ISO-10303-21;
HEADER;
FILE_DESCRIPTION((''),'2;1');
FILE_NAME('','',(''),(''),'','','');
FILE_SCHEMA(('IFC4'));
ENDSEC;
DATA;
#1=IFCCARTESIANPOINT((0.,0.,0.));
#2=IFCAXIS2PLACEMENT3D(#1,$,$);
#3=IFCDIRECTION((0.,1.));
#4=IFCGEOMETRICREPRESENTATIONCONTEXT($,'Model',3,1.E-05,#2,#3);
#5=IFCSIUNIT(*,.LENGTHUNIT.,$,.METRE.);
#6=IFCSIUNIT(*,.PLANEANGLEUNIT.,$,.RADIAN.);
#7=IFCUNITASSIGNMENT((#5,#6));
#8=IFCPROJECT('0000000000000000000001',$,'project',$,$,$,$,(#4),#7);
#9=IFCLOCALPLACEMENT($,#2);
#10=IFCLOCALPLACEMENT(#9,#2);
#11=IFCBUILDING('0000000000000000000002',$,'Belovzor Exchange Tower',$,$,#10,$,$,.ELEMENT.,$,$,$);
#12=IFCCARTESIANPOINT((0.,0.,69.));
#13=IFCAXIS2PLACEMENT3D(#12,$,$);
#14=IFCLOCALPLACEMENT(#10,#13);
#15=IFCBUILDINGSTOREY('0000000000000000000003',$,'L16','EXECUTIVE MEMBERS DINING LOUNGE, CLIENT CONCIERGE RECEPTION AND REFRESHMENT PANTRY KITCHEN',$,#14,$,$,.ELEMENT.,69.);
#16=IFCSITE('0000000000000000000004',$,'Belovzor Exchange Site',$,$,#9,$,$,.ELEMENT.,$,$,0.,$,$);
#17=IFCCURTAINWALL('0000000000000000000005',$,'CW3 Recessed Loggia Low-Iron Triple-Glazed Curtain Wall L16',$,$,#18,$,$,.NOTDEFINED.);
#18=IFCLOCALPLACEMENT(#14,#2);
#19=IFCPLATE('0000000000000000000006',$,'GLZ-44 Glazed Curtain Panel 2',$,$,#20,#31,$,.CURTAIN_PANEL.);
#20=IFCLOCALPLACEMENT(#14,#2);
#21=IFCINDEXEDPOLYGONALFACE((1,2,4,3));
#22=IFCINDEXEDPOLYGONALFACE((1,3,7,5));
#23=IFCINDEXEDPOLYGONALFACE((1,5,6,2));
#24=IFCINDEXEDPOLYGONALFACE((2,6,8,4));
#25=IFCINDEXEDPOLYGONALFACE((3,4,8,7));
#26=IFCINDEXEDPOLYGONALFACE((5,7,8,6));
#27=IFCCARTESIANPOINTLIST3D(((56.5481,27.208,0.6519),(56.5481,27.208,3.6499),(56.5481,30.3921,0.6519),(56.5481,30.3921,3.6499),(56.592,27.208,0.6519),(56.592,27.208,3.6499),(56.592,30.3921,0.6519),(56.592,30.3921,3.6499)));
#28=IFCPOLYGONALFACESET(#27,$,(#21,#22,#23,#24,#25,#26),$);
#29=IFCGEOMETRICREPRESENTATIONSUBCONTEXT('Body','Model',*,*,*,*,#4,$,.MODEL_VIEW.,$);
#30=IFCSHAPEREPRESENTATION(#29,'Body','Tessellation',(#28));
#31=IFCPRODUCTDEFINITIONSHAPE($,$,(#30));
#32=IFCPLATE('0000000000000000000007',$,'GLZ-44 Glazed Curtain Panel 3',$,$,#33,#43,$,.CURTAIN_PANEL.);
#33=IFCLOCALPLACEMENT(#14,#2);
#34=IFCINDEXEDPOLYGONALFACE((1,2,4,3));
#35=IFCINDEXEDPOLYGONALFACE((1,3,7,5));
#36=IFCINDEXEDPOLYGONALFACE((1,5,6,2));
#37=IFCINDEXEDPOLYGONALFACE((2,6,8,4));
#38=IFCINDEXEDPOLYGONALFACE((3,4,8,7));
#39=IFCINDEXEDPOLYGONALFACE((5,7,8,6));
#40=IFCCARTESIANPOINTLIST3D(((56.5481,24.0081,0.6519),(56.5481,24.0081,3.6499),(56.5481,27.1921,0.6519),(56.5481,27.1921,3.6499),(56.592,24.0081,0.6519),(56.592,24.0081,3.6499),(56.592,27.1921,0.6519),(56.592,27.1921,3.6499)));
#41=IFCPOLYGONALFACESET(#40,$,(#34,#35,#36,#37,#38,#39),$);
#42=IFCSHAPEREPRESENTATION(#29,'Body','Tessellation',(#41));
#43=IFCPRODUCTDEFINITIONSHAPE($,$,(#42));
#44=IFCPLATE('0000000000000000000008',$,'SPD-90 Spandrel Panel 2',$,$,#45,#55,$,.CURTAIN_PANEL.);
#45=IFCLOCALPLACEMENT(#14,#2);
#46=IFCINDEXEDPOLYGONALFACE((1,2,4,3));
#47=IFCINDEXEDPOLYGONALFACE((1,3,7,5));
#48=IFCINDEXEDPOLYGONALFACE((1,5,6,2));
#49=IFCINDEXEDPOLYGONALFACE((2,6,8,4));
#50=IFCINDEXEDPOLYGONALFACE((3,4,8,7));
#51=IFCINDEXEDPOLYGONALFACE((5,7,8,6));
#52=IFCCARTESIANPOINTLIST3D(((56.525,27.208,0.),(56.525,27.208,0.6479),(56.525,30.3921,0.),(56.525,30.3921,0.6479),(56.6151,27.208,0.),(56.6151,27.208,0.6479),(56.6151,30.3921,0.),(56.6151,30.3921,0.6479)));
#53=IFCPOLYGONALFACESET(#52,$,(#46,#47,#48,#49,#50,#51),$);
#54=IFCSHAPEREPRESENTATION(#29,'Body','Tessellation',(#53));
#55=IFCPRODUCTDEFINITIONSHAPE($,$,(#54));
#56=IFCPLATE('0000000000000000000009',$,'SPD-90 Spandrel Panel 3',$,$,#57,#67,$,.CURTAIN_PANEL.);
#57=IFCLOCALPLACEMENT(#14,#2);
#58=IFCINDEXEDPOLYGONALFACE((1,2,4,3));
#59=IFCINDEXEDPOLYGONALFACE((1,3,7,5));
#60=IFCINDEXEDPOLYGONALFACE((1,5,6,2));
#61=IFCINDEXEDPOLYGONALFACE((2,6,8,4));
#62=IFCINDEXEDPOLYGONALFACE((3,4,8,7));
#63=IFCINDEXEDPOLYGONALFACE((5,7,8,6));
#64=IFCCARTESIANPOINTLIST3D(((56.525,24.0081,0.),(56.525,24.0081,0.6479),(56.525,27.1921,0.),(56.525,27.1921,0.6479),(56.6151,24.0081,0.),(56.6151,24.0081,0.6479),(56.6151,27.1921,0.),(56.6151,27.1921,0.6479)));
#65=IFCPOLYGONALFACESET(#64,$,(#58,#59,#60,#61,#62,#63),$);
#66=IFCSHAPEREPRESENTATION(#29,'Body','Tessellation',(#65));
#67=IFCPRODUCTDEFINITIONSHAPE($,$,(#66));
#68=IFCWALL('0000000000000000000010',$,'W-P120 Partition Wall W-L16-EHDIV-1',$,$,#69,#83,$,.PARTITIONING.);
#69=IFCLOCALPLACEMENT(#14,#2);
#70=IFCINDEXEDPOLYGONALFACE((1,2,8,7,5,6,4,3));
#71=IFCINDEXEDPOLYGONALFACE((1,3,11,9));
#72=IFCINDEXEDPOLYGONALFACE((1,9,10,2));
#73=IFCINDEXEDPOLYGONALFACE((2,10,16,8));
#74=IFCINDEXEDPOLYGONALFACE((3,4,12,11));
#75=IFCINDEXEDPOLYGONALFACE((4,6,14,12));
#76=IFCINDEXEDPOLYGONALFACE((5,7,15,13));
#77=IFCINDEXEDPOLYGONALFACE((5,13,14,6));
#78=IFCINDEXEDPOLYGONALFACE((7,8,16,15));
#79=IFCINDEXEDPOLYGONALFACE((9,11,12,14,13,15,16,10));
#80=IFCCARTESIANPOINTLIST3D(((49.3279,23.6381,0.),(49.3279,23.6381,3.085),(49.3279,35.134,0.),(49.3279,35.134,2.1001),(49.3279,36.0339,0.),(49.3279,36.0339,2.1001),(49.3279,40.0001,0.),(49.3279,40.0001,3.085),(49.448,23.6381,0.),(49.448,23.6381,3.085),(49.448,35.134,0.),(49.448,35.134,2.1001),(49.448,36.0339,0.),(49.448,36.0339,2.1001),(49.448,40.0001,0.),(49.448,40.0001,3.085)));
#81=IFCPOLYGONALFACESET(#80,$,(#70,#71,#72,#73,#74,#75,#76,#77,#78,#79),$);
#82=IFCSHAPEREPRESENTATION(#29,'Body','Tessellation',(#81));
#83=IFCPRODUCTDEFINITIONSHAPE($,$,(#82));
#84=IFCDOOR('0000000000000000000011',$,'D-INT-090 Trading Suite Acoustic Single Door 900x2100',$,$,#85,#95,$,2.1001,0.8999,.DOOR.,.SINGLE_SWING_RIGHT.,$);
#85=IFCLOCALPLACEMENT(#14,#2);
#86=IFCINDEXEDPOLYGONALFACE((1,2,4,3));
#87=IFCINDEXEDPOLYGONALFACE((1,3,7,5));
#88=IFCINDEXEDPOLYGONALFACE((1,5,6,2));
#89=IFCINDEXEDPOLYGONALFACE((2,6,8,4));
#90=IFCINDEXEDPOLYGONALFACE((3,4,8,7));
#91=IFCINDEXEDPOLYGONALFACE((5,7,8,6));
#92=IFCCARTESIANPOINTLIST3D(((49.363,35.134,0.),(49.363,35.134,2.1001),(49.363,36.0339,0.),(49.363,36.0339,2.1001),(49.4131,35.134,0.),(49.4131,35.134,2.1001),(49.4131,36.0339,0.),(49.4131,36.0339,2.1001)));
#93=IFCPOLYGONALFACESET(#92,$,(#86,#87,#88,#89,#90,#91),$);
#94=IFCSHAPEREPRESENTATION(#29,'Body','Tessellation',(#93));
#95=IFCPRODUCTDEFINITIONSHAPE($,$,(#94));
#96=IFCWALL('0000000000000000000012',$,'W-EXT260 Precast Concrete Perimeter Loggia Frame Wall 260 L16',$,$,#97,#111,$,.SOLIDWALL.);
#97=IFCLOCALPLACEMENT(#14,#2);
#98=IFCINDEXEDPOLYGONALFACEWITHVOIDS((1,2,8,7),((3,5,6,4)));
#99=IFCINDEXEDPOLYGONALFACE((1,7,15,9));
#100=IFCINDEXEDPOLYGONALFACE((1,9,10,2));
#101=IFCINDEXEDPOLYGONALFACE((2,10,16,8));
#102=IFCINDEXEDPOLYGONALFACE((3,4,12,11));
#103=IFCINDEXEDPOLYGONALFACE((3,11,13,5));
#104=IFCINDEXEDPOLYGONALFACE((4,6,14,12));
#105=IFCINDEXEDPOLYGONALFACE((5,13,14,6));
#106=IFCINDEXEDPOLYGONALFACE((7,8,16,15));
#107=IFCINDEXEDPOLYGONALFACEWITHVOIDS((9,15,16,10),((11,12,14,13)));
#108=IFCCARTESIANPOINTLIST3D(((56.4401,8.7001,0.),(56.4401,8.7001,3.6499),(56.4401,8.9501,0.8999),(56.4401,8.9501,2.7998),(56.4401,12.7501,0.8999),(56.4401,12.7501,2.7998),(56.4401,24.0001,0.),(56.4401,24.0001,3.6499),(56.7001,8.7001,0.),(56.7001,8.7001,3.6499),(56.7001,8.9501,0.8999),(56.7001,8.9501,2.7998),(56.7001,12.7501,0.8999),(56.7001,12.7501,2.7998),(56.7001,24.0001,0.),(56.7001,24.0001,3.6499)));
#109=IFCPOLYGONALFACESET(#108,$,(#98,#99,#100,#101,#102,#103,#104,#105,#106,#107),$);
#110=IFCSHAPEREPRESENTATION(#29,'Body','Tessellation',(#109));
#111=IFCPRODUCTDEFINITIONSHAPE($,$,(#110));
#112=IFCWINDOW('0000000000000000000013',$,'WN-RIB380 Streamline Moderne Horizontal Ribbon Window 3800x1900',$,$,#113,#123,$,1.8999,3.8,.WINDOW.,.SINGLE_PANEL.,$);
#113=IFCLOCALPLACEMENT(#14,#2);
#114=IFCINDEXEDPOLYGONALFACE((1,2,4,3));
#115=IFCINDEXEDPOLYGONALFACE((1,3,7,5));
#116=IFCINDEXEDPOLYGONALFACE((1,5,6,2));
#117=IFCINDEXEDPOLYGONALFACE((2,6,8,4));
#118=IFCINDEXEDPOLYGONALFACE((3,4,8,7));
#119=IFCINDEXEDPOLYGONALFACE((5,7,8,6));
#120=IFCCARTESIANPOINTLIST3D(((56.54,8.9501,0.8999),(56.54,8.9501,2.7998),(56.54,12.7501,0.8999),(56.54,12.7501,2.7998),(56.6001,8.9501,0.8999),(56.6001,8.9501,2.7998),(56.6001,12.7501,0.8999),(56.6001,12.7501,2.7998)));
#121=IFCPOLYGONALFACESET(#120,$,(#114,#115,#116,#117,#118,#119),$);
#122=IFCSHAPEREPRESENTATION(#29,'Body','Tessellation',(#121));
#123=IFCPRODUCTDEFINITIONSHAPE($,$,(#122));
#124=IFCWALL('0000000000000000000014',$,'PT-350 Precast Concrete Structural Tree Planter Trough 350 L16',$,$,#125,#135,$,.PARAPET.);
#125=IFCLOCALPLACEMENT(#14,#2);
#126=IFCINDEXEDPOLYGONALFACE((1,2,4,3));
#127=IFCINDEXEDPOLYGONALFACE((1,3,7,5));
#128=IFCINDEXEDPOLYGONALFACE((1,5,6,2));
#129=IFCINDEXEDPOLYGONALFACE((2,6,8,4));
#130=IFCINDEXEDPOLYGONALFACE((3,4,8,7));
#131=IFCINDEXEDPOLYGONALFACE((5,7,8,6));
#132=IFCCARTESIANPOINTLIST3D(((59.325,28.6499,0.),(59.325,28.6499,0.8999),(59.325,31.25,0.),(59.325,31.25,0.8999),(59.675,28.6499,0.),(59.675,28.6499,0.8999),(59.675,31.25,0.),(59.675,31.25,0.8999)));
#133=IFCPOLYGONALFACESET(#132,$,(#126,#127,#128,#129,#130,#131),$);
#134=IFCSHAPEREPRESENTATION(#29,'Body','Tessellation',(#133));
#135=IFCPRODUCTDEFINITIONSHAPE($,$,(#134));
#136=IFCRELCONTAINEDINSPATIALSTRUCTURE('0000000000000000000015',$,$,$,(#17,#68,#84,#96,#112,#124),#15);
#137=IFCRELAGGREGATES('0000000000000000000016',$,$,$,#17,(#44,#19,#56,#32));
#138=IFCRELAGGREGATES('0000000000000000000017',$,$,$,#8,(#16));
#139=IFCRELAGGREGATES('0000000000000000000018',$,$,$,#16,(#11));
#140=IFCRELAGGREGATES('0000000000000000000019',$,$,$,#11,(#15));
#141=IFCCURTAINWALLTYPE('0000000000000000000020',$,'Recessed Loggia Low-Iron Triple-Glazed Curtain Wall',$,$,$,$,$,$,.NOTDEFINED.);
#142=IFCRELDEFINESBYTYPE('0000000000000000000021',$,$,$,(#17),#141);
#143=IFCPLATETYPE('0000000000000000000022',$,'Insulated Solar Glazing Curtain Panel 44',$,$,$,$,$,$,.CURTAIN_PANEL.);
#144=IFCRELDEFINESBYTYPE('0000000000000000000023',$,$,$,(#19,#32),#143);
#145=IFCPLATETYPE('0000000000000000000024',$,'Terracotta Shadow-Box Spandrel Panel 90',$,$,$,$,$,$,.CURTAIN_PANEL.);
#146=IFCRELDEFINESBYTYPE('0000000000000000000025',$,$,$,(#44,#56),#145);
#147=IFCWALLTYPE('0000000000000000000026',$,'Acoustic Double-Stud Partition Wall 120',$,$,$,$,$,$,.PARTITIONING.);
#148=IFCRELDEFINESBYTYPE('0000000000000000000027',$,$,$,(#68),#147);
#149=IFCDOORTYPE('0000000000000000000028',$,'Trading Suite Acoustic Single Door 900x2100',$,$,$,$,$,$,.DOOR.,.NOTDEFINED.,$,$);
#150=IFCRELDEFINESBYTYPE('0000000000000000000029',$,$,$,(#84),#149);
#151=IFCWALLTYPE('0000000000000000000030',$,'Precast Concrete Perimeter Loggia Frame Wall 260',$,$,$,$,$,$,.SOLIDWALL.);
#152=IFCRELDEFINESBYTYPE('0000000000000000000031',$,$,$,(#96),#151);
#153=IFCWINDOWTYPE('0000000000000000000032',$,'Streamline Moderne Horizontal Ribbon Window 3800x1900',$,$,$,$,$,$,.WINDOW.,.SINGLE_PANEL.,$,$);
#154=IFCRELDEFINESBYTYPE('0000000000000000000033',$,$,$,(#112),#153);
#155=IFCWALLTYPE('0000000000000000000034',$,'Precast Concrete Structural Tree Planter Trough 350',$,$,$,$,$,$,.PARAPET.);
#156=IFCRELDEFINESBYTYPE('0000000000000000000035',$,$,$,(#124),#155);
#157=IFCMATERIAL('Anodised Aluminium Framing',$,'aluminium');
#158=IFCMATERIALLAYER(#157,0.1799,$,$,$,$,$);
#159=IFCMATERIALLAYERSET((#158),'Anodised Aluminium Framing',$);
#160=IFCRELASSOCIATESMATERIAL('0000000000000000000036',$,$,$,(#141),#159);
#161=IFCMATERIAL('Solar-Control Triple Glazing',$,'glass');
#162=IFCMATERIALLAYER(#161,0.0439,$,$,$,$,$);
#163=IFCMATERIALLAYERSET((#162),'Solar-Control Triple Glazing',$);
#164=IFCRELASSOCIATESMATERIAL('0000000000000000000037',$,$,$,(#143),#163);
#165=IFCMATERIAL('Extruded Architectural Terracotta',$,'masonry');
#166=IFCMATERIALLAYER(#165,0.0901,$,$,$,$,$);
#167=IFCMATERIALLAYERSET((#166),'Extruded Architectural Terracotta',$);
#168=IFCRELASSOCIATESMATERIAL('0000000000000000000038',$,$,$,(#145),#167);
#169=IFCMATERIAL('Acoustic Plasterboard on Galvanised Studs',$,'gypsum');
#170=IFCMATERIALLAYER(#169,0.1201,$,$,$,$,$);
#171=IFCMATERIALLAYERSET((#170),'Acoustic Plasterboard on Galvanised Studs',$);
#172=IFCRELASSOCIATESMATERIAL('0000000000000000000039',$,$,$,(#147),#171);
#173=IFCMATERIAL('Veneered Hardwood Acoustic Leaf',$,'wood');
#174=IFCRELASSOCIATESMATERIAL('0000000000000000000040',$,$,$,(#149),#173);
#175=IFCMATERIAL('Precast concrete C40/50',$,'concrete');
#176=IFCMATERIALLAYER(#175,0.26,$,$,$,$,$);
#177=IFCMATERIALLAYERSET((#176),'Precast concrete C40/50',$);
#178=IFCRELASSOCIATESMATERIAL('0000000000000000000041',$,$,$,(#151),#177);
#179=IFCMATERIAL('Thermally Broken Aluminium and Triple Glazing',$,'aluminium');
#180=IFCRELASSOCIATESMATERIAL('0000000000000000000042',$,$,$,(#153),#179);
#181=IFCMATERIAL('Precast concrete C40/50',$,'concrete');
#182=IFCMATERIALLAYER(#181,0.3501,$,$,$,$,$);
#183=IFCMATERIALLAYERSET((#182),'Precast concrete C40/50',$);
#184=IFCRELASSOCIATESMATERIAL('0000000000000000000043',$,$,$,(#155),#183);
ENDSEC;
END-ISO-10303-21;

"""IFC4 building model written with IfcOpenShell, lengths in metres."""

from ifc_helpers import new_model, si_unit, direction, frame, frame_2d, origin, origin_2d, place, context, subcontext, project, spatial, rectangle, extrude, material, layer, layer_set, type_object, element, fill, aggregate, save


model = new_model("IFC4")

# Units and contexts
model_context = context("Model", 3, precision=1e-05, world=origin(), true_north=direction((0.0, 1.0)))
body_context = subcontext(model_context, "Body", "Model", "MODEL_VIEW")
ifc_project = project(units=[si_unit("LENGTHUNIT", "METRE"), si_unit("PLANEANGLEUNIT", "RADIAN")], contexts=[model_context])

# Site, building, storey
site_placement = place(None, origin())
site = spatial("IfcSite", under=ifc_project, at=site_placement, Name="Belovzor Exchange Site", CompositionType="ELEMENT", RefElevation=0.0)
building_placement = place(site_placement, origin())
building = spatial("IfcBuilding", under=site, at=building_placement, Name="Belovzor Exchange Tower", CompositionType="ELEMENT")
storey_placement = place(building_placement, frame((0.0, 0.0, 69.0)))
storey = spatial("IfcBuildingStorey", under=building, at=storey_placement, Name="L16", Description="EXECUTIVE MEMBERS DINING LOUNGE, CLIENT CONCIERGE RECEPTION AND REFRESHMENT PANTRY KITCHEN", CompositionType="ELEMENT", Elevation=69.0)

# Curtain wall
ifc_material_1 = material(Name="Anodised Aluminium Framing", Category="aluminium")
ifc_layer_1 = layer(ifc_material_1, 0.1799)
ifc_layer_set_1 = layer_set([ifc_layer_1], Name="Anodised Aluminium Framing")
curtain_wall_type = type_object("IfcCurtainWallType", Name="Recessed Loggia Low-Iron Triple-Glazed Curtain Wall", PredefinedType="NOTDEFINED", material=ifc_layer_set_1)
curtain_wall_placement = place(storey_placement, origin())
curtain_wall = element("IfcCurtainWall", 1, at=curtain_wall_placement, inside=storey, type_object=curtain_wall_type, Name="CW3 Recessed Loggia Low-Iron Triple-Glazed Curtain Wall L16", PredefinedType="NOTDEFINED")

# Plates
ifc_material_2 = material(Name="Solar-Control Triple Glazing", Category="glass")
ifc_layer_2 = layer(ifc_material_2, 0.0439)
ifc_layer_set_2 = layer_set([ifc_layer_2], Name="Solar-Control Triple Glazing")
plate_type_1 = type_object("IfcPlateType", Name="Insulated Solar Glazing Curtain Panel 44", PredefinedType="CURTAIN_PANEL", material=ifc_layer_set_2)
plate_1_placement = place(storey_placement, frame((56.5701, 28.8, 0.6519), z_axis=(0.0, 0.0, 1.0), x_axis=(0.0, -1.0, 0.0)))
plate_1 = element("IfcPlate", 2, at=plate_1_placement, type_object=plate_type_1, Name="GLZ-44 Glazed Curtain Panel 2", PredefinedType="CURTAIN_PANEL", context=body_context, shape_type="SweptSolid", body=[
    extrude(rectangle(XDim=3.1841, YDim=0.0439, at=origin_2d()), origin(), (0.0, 0.0, 1.0), 2.998),
])
plate_2_placement = place(storey_placement, frame((56.5701, 25.6001, 0.6519), z_axis=(0.0, 0.0, 1.0), x_axis=(0.0, -1.0, 0.0)))
plate_2 = element("IfcPlate", 3, at=plate_2_placement, type_object=plate_type_1, Name="GLZ-44 Glazed Curtain Panel 3", PredefinedType="CURTAIN_PANEL", context=body_context, shape_type="SweptSolid", body=[
    extrude(rectangle(XDim=3.1841, YDim=0.0439, at=origin_2d()), origin(), (0.0, 0.0, 1.0), 2.998),
])
ifc_material_3 = material(Name="Extruded Architectural Terracotta", Category="masonry")
ifc_layer_3 = layer(ifc_material_3, 0.0901)
ifc_layer_set_3 = layer_set([ifc_layer_3], Name="Extruded Architectural Terracotta")
plate_type_2 = type_object("IfcPlateType", Name="Terracotta Shadow-Box Spandrel Panel 90", PredefinedType="CURTAIN_PANEL", material=ifc_layer_set_3)
plate_3_placement = place(storey_placement, frame((56.5701, 28.8, 0.0), z_axis=(0.0, 0.0, 1.0), x_axis=(0.0, -1.0, 0.0)))
plate_3 = element("IfcPlate", 4, at=plate_3_placement, type_object=plate_type_2, Name="SPD-90 Spandrel Panel 2", PredefinedType="CURTAIN_PANEL", context=body_context, shape_type="SweptSolid", body=[
    extrude(rectangle(XDim=3.1841, YDim=0.0901, at=origin_2d()), origin(), (0.0, 0.0, 1.0), 0.6479),
])
plate_4_placement = place(storey_placement, frame((56.5701, 25.6001, 0.0), z_axis=(0.0, 0.0, 1.0), x_axis=(0.0, -1.0, 0.0)))
plate_4 = element("IfcPlate", 5, at=plate_4_placement, type_object=plate_type_2, Name="SPD-90 Spandrel Panel 3", PredefinedType="CURTAIN_PANEL", context=body_context, shape_type="SweptSolid", body=[
    extrude(rectangle(XDim=3.1841, YDim=0.0901, at=origin_2d()), origin(), (0.0, 0.0, 1.0), 0.6479),
])
aggregate(curtain_wall, [plate_3, plate_1, plate_4, plate_2])

# Wall, opening, door
ifc_material_4 = material(Name="Acoustic Plasterboard on Galvanised Studs", Category="gypsum")
ifc_layer_4 = layer(ifc_material_4, 0.1201)
ifc_layer_set_4 = layer_set([ifc_layer_4], Name="Acoustic Plasterboard on Galvanised Studs")
wall_type_1 = type_object("IfcWallType", Name="Acoustic Double-Stud Partition Wall 120", PredefinedType="PARTITIONING", material=ifc_layer_set_4)
wall_1_placement = place(storey_placement, frame((49.3879, 23.6379, 0.0), z_axis=(0.0, 0.0, 1.0), x_axis=(0.0, 1.0, 0.0)))
wall_1 = element("IfcWall", 6, at=wall_1_placement, inside=storey, type_object=wall_type_1, Name="W-P120 Partition Wall W-L16-EHDIV-1", PredefinedType="PARTITIONING", context=body_context, shape_type="SweptSolid", body=[
    extrude(rectangle(XDim=16.3621, YDim=0.1201, at=frame_2d((8.1812, 0.0))), origin(), (0.0, 0.0, 1.0), 3.085),
])
opening_1_placement = place(wall_1_placement, frame((11.4961, 0.0, 0.0)))
opening_1 = element("IfcOpeningElement", 7, at=opening_1_placement, cuts=wall_1, PredefinedType="OPENING", context=body_context, shape_type="SweptSolid", body=[
    extrude(rectangle(XDim=0.8999, YDim=2.1001, at=frame_2d((0.45, 1.05))), frame((0.0, 0.0701, 0.0), z_axis=(0.0, -1.0, 0.0), x_axis=(1.0, 0.0, 0.0)), (0.0, 0.0, 1.0), 0.1401),
])
ifc_material_5 = material(Name="Veneered Hardwood Acoustic Leaf", Category="wood")
door_type = type_object("IfcDoorType", Name="Trading Suite Acoustic Single Door 900x2100", OperationType="NOTDEFINED", PredefinedType="DOOR", material=ifc_material_5)
door_placement = place(opening_1_placement, origin())
door = element("IfcDoor", 8, at=door_placement, inside=storey, type_object=door_type, Name="D-INT-090 Trading Suite Acoustic Single Door 900x2100", OperationType="SINGLE_SWING_RIGHT", OverallHeight=2.1001, OverallWidth=0.8999, PredefinedType="DOOR", context=body_context, shape_type="SweptSolid", body=[
    extrude(rectangle(XDim=0.8999, YDim=2.1001, at=frame_2d((0.45, 1.05))), frame((0.0, 0.0249, 0.0), z_axis=(0.0, -1.0, 0.0), x_axis=(1.0, 0.0, 0.0)), (0.0, 0.0, 1.0), 0.05),
])
fill(opening_1, door)

# Wall, opening, window
ifc_material_6 = material(Name="Precast concrete C40/50", Category="concrete")
ifc_layer_5 = layer(ifc_material_6, 0.26)
ifc_layer_set_5 = layer_set([ifc_layer_5], Name="Precast concrete C40/50")
wall_type_2 = type_object("IfcWallType", Name="Precast Concrete Perimeter Loggia Frame Wall 260", PredefinedType="SOLIDWALL", material=ifc_layer_set_5)
wall_2_placement = place(storey_placement, frame((56.5701, 24.0, 0.0), z_axis=(0.0, 0.0, 1.0), x_axis=(0.0, -1.0, 0.0)))
wall_2 = element("IfcWall", 9, at=wall_2_placement, inside=storey, type_object=wall_type_2, Name="W-EXT260 Precast Concrete Perimeter Loggia Frame Wall 260 L16", PredefinedType="SOLIDWALL", context=body_context, shape_type="SweptSolid", body=[
    extrude(rectangle(XDim=15.3, YDim=0.26, at=frame_2d((7.6499, 0.0))), origin(), (0.0, 0.0, 1.0), 3.6499),
])
opening_2_placement = place(wall_2_placement, frame((11.25, 0.0, 0.8999)))
opening_2 = element("IfcOpeningElement", 10, at=opening_2_placement, cuts=wall_2, PredefinedType="OPENING", context=body_context, shape_type="SweptSolid", body=[
    extrude(rectangle(XDim=3.8, YDim=1.8999, at=frame_2d((1.8999, 0.95))), frame((0.0, 0.1399, 0.0), z_axis=(0.0, -1.0, 0.0), x_axis=(1.0, 0.0, 0.0)), (0.0, 0.0, 1.0), 0.28),
])
ifc_material_7 = material(Name="Thermally Broken Aluminium and Triple Glazing", Category="aluminium")
window_type = type_object("IfcWindowType", Name="Streamline Moderne Horizontal Ribbon Window 3800x1900", PartitioningType="SINGLE_PANEL", PredefinedType="WINDOW", material=ifc_material_7)
window_placement = place(opening_2_placement, origin())
window = element("IfcWindow", 11, at=window_placement, inside=storey, type_object=window_type, Name="WN-RIB380 Streamline Moderne Horizontal Ribbon Window 3800x1900", OverallHeight=1.8999, OverallWidth=3.8, PartitioningType="SINGLE_PANEL", PredefinedType="WINDOW", context=body_context, shape_type="SweptSolid", body=[
    extrude(rectangle(XDim=3.8, YDim=1.8999, at=frame_2d((1.8999, 0.95))), frame((0.0, 0.03, 0.0), z_axis=(0.0, -1.0, 0.0), x_axis=(1.0, 0.0, 0.0)), (0.0, 0.0, 1.0), 0.0601),
])
fill(opening_2, window)

# Wall
ifc_material_8 = material(Name="Precast concrete C40/50", Category="concrete")
ifc_layer_6 = layer(ifc_material_8, 0.3501)
ifc_layer_set_6 = layer_set([ifc_layer_6], Name="Precast concrete C40/50")
wall_type_3 = type_object("IfcWallType", Name="Precast Concrete Structural Tree Planter Trough 350", PredefinedType="PARAPET", material=ifc_layer_set_6)
wall_3_placement = place(storey_placement, frame((59.5, 28.6499, 0.0), z_axis=(0.0, 0.0, 1.0), x_axis=(0.0, 1.0, 0.0)))
element("IfcWall", 12, at=wall_3_placement, inside=storey, type_object=wall_type_3, Name="PT-350 Precast Concrete Structural Tree Planter Trough 350 L16", PredefinedType="PARAPET", context=body_context, shape_type="SweptSolid", body=[
    extrude(rectangle(XDim=2.6001, YDim=0.3501, at=frame_2d((1.3, 0.0))), origin(), (0.0, 0.0, 1.0), 0.8999),
])

save(model, "model.ifc")
